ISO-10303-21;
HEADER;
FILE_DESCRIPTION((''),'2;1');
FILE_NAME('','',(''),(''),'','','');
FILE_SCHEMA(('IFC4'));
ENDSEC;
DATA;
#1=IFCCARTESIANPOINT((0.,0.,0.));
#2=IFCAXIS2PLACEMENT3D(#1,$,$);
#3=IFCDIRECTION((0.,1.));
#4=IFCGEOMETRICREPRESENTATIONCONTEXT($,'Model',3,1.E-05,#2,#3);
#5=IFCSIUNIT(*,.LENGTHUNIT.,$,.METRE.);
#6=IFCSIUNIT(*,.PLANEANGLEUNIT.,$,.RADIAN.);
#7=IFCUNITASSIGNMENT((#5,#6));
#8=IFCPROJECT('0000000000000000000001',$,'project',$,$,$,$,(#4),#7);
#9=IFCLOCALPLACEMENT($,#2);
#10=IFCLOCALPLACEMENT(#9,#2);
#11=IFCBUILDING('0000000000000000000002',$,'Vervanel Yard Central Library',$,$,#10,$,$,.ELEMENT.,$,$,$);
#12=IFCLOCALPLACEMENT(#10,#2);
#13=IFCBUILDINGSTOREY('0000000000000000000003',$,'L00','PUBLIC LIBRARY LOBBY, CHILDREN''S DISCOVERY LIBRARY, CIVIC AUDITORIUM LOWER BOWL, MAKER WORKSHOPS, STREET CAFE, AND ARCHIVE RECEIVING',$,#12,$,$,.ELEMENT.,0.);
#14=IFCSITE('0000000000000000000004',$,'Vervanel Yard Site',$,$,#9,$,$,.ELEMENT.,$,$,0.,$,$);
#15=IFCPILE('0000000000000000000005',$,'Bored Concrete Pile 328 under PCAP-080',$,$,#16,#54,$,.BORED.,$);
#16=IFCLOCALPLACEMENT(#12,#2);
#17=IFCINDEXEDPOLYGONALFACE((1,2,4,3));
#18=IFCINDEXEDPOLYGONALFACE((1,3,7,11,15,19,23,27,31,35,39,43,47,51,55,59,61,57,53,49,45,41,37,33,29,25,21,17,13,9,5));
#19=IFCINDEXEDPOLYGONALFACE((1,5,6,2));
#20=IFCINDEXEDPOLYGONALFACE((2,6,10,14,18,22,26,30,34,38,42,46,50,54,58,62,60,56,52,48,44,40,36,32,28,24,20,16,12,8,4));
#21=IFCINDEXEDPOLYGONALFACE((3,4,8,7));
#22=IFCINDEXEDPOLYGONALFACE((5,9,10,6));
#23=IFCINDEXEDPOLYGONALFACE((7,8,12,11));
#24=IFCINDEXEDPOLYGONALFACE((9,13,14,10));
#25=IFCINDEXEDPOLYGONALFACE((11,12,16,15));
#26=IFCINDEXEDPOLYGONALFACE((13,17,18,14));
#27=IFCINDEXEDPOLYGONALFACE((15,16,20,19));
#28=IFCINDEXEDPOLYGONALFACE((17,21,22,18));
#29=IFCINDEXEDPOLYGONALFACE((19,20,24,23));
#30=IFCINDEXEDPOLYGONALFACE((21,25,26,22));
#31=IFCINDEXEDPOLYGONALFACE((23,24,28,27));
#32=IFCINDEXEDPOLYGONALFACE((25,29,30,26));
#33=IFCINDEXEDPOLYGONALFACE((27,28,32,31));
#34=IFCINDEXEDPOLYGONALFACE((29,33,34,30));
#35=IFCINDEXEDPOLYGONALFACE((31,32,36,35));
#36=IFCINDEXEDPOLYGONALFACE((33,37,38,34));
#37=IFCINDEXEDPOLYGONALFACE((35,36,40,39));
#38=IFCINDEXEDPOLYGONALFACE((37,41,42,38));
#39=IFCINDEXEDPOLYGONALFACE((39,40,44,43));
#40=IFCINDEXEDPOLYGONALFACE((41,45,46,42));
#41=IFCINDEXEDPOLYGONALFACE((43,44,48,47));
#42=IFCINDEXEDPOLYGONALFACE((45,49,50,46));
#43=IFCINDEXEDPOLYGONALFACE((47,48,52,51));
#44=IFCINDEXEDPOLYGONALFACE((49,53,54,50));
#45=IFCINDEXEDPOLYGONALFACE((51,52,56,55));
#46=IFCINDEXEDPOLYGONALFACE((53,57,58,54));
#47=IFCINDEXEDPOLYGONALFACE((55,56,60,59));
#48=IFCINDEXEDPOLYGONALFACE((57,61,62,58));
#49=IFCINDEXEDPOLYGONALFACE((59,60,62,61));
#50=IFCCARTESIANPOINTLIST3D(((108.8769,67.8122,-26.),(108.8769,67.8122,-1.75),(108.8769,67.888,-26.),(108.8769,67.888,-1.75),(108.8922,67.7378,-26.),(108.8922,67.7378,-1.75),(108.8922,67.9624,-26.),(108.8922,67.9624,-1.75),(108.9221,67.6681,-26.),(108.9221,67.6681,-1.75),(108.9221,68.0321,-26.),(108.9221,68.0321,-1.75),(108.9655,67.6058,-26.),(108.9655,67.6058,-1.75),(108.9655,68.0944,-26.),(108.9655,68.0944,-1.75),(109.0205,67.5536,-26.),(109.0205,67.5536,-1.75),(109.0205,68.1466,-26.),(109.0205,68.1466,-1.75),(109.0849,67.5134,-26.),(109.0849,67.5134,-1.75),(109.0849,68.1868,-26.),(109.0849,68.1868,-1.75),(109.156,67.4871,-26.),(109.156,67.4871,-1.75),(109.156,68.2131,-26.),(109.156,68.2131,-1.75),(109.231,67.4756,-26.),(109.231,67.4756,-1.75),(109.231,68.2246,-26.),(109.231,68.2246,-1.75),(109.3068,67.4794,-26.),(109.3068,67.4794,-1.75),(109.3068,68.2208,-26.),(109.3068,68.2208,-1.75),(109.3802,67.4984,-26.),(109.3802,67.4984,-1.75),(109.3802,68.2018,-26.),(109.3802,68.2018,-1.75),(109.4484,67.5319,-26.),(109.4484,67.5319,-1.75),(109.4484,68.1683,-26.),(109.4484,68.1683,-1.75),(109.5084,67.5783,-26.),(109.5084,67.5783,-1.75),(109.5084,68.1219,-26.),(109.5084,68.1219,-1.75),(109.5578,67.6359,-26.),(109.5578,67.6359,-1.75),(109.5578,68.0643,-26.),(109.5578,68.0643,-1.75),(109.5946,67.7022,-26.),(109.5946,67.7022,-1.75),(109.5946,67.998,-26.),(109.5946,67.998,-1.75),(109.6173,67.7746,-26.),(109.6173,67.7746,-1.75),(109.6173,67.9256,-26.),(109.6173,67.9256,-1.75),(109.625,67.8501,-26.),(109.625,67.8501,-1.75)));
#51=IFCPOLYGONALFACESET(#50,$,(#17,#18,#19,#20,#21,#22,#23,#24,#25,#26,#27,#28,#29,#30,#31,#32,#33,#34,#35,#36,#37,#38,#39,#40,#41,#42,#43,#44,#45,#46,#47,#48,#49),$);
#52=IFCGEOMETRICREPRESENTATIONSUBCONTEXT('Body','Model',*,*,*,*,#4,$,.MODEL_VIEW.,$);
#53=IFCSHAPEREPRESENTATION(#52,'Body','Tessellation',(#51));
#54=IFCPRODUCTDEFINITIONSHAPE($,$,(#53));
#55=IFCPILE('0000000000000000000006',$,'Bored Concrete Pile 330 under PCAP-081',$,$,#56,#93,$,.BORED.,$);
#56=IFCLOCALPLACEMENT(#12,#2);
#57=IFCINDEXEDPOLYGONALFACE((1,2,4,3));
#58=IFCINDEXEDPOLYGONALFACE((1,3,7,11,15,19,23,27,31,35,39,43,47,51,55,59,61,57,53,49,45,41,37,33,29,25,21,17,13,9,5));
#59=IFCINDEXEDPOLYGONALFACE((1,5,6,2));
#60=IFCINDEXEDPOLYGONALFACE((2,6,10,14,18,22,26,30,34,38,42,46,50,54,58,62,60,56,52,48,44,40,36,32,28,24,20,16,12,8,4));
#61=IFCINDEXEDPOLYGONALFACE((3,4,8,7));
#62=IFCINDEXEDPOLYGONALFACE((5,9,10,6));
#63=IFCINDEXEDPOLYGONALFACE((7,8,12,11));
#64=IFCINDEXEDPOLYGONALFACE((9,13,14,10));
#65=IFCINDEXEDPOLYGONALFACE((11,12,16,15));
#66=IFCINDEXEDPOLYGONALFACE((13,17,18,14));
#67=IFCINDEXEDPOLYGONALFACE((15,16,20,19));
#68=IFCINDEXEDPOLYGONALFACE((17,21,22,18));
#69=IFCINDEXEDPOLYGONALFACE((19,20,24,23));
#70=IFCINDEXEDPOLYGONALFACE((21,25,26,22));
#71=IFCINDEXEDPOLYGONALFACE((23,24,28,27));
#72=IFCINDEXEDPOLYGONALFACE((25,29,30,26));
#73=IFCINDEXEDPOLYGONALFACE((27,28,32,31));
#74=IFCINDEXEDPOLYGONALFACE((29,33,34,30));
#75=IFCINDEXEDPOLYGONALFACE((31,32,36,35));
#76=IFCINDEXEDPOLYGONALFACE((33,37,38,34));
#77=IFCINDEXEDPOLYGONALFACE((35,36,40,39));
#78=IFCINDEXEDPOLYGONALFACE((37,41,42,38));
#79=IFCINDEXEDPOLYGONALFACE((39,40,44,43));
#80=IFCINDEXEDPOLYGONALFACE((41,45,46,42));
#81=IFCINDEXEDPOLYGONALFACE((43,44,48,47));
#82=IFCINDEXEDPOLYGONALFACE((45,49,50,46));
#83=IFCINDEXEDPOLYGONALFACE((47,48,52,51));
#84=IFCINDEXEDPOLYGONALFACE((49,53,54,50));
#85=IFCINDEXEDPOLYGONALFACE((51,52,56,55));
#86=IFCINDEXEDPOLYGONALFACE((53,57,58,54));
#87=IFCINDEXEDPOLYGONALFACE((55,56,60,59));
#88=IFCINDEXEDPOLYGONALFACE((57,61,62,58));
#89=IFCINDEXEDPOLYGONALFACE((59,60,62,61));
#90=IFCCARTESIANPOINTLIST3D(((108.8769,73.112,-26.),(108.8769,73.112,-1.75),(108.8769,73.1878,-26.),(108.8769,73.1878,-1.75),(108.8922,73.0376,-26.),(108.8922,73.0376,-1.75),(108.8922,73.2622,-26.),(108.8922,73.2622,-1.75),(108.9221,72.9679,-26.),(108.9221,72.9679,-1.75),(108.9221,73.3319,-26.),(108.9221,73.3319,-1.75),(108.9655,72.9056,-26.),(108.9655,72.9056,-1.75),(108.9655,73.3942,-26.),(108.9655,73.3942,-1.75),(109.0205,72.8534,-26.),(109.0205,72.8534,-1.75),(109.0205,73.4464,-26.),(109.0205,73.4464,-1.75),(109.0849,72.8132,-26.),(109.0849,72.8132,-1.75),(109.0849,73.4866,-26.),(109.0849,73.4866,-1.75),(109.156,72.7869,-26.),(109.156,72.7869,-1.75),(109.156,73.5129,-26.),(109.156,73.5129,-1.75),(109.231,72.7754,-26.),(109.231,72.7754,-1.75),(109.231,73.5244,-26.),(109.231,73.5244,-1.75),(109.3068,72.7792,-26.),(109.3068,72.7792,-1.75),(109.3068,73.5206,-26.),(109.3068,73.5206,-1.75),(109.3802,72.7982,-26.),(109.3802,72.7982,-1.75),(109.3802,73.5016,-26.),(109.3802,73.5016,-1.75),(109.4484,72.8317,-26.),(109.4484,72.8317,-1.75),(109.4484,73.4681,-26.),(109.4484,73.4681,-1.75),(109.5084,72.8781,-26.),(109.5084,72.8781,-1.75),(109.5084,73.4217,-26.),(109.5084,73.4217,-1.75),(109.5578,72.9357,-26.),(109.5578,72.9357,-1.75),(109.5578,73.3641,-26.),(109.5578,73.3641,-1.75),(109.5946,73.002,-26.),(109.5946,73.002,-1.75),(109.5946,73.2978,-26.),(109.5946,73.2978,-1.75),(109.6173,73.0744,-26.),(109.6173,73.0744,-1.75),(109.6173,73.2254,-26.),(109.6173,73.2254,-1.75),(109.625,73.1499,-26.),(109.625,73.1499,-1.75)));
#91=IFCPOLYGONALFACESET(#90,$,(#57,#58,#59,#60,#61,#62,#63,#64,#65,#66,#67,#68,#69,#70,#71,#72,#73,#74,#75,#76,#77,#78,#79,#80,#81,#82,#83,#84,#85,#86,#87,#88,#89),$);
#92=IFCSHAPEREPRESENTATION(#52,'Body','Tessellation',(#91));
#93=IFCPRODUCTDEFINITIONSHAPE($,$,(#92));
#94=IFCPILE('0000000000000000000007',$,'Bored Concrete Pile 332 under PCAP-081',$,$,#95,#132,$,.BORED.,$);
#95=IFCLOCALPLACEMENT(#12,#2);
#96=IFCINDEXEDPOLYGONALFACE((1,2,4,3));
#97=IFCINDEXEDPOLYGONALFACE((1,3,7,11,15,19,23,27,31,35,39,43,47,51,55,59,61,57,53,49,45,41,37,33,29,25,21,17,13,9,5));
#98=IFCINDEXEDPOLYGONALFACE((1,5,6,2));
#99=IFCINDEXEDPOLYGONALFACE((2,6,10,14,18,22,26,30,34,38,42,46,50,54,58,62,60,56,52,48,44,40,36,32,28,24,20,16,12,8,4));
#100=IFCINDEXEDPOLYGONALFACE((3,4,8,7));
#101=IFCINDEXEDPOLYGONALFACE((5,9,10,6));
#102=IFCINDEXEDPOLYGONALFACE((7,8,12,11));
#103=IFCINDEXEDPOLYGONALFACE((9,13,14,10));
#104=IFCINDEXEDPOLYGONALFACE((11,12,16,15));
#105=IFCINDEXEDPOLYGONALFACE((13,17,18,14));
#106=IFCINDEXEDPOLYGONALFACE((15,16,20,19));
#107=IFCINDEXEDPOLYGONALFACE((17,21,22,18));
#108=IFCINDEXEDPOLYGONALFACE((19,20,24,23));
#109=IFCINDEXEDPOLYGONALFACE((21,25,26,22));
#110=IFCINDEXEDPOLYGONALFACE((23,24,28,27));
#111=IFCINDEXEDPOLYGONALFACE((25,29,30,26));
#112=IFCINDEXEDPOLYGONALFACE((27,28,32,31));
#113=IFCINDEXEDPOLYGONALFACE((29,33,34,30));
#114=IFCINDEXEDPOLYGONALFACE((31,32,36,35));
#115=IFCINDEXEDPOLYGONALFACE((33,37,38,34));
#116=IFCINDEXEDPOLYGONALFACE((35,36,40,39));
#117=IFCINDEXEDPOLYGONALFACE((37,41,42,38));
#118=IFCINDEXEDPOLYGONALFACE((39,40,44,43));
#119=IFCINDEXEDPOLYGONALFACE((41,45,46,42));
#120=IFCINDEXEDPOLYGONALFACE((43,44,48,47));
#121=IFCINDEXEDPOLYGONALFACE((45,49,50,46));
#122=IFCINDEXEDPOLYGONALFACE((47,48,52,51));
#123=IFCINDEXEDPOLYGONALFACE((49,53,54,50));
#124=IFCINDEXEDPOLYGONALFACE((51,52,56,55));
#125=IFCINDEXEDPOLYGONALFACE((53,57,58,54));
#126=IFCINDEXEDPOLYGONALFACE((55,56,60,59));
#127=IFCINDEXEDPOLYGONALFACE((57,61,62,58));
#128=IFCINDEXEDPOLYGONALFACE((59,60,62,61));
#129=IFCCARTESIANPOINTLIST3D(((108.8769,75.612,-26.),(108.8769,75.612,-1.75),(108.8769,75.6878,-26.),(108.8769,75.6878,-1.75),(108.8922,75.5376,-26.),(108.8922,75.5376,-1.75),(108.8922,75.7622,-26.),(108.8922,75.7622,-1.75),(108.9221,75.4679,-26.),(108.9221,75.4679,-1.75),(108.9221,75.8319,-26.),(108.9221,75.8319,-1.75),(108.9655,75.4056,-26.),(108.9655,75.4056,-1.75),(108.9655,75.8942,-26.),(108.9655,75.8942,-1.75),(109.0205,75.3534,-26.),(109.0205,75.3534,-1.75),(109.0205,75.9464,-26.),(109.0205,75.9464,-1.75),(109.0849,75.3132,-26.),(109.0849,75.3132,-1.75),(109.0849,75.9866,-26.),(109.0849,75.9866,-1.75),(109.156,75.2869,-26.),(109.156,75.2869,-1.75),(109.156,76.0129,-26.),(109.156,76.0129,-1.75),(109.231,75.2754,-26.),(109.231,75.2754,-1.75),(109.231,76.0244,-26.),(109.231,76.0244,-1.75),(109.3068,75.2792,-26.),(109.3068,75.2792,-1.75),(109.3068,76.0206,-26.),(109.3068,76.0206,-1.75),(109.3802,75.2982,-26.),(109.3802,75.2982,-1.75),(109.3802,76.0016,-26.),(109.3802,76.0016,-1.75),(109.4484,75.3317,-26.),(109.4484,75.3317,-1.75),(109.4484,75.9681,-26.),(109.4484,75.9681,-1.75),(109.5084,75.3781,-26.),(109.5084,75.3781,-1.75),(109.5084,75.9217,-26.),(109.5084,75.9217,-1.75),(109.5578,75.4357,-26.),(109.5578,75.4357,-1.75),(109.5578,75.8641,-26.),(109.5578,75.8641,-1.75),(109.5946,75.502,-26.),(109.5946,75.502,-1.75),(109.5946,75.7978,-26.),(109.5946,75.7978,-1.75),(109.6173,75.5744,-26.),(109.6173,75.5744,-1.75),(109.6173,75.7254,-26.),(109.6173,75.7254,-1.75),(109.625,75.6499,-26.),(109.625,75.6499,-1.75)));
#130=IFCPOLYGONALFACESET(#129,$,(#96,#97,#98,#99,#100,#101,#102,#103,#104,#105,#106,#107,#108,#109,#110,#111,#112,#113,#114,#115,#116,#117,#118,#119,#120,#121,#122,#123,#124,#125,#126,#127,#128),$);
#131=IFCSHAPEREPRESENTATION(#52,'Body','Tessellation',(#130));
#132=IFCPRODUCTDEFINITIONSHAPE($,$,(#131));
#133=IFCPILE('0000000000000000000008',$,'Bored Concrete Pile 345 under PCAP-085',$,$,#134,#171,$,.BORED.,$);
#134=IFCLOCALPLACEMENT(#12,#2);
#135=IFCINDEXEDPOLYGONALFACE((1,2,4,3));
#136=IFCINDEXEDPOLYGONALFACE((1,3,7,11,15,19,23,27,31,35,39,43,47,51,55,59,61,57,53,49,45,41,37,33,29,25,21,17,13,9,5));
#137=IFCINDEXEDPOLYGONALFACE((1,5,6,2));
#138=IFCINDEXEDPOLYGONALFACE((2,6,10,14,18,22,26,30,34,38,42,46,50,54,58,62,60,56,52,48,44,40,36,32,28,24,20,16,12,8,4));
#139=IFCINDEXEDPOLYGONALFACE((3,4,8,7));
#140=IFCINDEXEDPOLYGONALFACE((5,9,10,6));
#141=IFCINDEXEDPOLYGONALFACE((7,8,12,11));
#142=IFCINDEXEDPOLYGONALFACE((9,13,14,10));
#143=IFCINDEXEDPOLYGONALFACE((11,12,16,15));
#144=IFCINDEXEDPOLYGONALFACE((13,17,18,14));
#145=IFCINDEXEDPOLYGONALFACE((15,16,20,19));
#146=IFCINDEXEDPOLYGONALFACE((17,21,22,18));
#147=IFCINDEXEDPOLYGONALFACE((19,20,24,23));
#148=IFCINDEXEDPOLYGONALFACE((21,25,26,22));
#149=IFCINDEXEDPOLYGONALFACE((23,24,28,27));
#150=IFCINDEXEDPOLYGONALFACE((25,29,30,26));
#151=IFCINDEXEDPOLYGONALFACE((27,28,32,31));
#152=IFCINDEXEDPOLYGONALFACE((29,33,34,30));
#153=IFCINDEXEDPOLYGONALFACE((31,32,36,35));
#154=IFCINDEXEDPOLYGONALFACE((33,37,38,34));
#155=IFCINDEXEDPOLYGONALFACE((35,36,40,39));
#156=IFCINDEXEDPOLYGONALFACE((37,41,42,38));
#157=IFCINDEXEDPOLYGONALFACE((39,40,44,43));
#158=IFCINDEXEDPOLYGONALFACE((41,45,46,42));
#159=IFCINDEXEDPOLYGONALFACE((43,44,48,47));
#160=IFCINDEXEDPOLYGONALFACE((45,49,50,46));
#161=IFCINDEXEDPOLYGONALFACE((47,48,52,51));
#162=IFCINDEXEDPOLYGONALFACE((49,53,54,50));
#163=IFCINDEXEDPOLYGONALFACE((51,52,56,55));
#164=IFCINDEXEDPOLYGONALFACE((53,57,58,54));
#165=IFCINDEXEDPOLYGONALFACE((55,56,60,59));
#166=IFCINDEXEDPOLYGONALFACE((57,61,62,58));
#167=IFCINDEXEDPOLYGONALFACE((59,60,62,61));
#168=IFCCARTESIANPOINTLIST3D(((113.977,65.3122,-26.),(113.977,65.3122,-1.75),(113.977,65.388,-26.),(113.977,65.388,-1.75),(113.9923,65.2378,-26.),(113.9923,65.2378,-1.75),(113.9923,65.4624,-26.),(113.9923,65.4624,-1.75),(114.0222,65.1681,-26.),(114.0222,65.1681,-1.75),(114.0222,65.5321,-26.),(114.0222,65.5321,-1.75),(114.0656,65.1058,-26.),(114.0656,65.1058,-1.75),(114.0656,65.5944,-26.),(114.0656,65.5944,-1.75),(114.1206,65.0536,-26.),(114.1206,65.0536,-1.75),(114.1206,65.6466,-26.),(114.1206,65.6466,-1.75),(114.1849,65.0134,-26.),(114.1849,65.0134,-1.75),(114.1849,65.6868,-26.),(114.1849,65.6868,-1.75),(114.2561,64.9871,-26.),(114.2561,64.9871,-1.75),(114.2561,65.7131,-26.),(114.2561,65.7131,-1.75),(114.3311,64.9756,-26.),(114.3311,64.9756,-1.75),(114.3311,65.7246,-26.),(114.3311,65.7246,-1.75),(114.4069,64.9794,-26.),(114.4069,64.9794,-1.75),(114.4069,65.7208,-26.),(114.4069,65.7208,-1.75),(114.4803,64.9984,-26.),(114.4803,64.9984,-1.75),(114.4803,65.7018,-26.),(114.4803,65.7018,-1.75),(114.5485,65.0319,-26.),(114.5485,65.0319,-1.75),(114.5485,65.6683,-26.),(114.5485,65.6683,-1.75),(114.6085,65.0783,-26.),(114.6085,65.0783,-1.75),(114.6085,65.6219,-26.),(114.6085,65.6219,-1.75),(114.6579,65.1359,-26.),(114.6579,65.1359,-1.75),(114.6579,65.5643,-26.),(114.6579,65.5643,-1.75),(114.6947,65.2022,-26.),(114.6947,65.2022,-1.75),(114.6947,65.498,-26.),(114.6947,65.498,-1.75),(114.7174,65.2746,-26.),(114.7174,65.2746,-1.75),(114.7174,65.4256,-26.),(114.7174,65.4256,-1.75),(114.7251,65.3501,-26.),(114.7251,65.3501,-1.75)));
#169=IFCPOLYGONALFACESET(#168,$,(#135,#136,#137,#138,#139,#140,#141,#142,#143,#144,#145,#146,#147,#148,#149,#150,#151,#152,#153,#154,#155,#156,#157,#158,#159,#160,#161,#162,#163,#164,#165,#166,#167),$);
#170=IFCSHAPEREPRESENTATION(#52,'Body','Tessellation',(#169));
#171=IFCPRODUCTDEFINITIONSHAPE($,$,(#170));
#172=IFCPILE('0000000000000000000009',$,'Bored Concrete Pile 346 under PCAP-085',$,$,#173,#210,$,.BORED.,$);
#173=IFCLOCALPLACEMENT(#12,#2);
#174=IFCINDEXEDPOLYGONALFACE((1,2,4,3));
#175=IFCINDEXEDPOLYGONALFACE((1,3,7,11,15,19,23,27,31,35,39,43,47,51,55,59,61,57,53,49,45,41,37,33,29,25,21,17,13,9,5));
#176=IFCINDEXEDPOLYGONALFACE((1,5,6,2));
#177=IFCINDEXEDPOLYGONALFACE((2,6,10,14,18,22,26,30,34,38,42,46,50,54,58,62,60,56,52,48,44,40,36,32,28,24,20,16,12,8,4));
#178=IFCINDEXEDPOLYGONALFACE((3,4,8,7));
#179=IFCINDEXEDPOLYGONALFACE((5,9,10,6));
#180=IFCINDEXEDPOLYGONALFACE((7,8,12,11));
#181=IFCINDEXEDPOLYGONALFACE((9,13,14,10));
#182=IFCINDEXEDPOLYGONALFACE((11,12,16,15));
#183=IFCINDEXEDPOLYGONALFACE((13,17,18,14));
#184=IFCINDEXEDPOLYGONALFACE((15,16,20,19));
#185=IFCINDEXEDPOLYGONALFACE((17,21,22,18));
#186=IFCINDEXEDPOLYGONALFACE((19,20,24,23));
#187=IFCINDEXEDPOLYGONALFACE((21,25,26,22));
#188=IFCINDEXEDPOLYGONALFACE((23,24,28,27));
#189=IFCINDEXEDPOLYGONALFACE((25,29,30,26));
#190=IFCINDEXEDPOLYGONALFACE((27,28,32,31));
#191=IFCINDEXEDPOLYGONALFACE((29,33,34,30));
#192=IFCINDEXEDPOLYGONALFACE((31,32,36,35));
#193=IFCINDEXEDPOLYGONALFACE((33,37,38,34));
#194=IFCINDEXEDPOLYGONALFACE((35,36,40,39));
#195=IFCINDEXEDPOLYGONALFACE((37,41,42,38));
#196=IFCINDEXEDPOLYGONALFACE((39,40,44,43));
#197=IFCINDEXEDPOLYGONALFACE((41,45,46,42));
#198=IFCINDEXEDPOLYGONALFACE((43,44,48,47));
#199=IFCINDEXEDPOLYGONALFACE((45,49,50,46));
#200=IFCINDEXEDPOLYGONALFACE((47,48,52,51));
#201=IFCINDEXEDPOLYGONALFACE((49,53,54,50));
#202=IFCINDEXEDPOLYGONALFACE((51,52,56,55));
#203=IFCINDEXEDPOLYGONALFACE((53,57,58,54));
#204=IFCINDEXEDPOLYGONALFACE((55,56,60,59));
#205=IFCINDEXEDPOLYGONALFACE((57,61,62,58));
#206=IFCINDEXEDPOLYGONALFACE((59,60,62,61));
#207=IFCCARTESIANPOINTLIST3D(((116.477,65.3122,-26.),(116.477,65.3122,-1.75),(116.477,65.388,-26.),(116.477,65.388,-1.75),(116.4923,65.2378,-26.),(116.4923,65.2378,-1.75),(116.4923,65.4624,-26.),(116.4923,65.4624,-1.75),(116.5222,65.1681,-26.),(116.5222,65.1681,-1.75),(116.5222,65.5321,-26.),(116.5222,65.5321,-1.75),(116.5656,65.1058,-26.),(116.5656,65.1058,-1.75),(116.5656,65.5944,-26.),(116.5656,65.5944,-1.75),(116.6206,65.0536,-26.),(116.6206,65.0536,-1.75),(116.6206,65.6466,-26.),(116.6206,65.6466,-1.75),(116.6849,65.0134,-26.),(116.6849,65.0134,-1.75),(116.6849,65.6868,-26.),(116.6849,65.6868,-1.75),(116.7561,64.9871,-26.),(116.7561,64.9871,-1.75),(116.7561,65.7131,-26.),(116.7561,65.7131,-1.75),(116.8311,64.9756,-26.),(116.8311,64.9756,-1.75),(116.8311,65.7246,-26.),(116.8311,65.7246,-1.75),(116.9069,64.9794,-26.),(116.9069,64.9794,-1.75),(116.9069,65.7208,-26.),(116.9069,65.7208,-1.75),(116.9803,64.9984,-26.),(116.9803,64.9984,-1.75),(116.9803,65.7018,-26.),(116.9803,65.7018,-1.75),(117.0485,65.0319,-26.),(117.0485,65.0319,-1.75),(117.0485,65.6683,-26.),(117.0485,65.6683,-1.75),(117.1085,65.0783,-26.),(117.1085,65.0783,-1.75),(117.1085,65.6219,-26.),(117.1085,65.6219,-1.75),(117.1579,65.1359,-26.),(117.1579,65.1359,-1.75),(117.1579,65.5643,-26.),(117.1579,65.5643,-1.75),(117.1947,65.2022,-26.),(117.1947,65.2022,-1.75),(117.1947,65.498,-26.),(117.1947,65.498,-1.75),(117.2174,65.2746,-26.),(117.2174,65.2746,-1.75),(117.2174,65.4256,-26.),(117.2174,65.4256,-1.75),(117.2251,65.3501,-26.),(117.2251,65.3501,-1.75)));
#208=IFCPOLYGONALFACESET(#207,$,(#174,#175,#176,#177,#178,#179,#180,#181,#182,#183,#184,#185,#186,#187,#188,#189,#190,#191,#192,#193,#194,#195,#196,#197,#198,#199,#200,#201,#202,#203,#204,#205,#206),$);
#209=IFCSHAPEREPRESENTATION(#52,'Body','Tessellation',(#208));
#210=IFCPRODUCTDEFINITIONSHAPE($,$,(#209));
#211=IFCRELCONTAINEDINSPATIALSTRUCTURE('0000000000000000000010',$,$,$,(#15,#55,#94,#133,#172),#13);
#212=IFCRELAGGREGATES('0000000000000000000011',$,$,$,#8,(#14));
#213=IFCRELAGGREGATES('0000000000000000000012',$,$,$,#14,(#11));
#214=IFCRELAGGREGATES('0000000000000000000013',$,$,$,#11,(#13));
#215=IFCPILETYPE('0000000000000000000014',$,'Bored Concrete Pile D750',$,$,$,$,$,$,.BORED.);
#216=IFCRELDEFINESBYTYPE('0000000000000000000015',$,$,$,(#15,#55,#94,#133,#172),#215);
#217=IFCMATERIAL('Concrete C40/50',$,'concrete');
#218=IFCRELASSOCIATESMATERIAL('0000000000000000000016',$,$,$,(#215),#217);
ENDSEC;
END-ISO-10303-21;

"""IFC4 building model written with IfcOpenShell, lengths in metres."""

from ifc_helpers import new_model, si_unit, direction, frame, origin, origin_2d, place, context, subcontext, project, spatial, circle, extrude, material, material_profile, profile_set, type_object, element, save


model = new_model("IFC4")

# Units and contexts
model_context = context("Model", 3, precision=1e-05, world=origin(), true_north=direction((0.0, 1.0)))
body_context = subcontext(model_context, "Body", "Model", "MODEL_VIEW")
ifc_project = project(units=[si_unit("LENGTHUNIT", "METRE"), si_unit("PLANEANGLEUNIT", "RADIAN")], contexts=[model_context])

# Site, building, storey
site_placement = place(None, origin())
site = spatial("IfcSite", under=ifc_project, at=site_placement, Name="Vervanel Yard Site", CompositionType="ELEMENT", RefElevation=0.0)
building_placement = place(site_placement, origin())
building = spatial("IfcBuilding", under=site, at=building_placement, Name="Vervanel Yard Central Library", CompositionType="ELEMENT")
storey_placement = place(building_placement, origin())
storey = spatial("IfcBuildingStorey", under=building, at=storey_placement, Name="L00", Description="PUBLIC LIBRARY LOBBY, CHILDREN'S DISCOVERY LIBRARY, CIVIC AUDITORIUM LOWER BOWL, MAKER WORKSHOPS, STREET CAFE, AND ARCHIVE RECEIVING", CompositionType="ELEMENT", Elevation=0.0)

# Piles
ifc_material_1 = material(Name="Concrete C40/50", Category="concrete")
ifc_material_profile_1 = material_profile(ifc_material_1, circle(Radius=0.375, at=origin_2d()), Name="BP D750", Category="concrete")
ifc_profile_set_1 = profile_set([ifc_material_profile_1], Name="Concrete C40/50")
pile_type = type_object("IfcPileType", Name="Bored Concrete Pile D750", PredefinedType="BORED", material=ifc_profile_set_1)
for number, where, z_axis, x_axis, name in (
    (1, (109.25, 67.8501, -1.75), (0.0, 0.0, -1.0), (1.0, 0.0, 0.0), "Bored Concrete Pile 328 under PCAP-080"),
    (2, (109.25, 73.1499, -1.75), (0.0, 0.0, -1.0), (1.0, 0.0, 0.0), "Bored Concrete Pile 330 under PCAP-081"),
    (3, (109.25, 75.6499, -1.75), (0.0, 0.0, -1.0), (1.0, 0.0, 0.0), "Bored Concrete Pile 332 under PCAP-081"),
    (4, (114.3501, 65.3501, -1.75), (0.0, 0.0, -1.0), (1.0, 0.0, 0.0), "Bored Concrete Pile 345 under PCAP-085"),
    (5, (116.8501, 65.3501, -1.75), (0.0, 0.0, -1.0), (1.0, 0.0, 0.0), "Bored Concrete Pile 346 under PCAP-085"),
):
    element("IfcPile", number, at=place(storey_placement, frame(where, z_axis=z_axis, x_axis=x_axis)), inside=storey, type_object=pile_type, Name=name, PredefinedType="BORED", context=body_context, shape_type="SweptSolid", body=[
        extrude(circle(Radius=0.375, at=origin_2d()), origin(), (0.0, 0.0, 1.0), 24.25),
    ])

save(model, "model.ifc")
